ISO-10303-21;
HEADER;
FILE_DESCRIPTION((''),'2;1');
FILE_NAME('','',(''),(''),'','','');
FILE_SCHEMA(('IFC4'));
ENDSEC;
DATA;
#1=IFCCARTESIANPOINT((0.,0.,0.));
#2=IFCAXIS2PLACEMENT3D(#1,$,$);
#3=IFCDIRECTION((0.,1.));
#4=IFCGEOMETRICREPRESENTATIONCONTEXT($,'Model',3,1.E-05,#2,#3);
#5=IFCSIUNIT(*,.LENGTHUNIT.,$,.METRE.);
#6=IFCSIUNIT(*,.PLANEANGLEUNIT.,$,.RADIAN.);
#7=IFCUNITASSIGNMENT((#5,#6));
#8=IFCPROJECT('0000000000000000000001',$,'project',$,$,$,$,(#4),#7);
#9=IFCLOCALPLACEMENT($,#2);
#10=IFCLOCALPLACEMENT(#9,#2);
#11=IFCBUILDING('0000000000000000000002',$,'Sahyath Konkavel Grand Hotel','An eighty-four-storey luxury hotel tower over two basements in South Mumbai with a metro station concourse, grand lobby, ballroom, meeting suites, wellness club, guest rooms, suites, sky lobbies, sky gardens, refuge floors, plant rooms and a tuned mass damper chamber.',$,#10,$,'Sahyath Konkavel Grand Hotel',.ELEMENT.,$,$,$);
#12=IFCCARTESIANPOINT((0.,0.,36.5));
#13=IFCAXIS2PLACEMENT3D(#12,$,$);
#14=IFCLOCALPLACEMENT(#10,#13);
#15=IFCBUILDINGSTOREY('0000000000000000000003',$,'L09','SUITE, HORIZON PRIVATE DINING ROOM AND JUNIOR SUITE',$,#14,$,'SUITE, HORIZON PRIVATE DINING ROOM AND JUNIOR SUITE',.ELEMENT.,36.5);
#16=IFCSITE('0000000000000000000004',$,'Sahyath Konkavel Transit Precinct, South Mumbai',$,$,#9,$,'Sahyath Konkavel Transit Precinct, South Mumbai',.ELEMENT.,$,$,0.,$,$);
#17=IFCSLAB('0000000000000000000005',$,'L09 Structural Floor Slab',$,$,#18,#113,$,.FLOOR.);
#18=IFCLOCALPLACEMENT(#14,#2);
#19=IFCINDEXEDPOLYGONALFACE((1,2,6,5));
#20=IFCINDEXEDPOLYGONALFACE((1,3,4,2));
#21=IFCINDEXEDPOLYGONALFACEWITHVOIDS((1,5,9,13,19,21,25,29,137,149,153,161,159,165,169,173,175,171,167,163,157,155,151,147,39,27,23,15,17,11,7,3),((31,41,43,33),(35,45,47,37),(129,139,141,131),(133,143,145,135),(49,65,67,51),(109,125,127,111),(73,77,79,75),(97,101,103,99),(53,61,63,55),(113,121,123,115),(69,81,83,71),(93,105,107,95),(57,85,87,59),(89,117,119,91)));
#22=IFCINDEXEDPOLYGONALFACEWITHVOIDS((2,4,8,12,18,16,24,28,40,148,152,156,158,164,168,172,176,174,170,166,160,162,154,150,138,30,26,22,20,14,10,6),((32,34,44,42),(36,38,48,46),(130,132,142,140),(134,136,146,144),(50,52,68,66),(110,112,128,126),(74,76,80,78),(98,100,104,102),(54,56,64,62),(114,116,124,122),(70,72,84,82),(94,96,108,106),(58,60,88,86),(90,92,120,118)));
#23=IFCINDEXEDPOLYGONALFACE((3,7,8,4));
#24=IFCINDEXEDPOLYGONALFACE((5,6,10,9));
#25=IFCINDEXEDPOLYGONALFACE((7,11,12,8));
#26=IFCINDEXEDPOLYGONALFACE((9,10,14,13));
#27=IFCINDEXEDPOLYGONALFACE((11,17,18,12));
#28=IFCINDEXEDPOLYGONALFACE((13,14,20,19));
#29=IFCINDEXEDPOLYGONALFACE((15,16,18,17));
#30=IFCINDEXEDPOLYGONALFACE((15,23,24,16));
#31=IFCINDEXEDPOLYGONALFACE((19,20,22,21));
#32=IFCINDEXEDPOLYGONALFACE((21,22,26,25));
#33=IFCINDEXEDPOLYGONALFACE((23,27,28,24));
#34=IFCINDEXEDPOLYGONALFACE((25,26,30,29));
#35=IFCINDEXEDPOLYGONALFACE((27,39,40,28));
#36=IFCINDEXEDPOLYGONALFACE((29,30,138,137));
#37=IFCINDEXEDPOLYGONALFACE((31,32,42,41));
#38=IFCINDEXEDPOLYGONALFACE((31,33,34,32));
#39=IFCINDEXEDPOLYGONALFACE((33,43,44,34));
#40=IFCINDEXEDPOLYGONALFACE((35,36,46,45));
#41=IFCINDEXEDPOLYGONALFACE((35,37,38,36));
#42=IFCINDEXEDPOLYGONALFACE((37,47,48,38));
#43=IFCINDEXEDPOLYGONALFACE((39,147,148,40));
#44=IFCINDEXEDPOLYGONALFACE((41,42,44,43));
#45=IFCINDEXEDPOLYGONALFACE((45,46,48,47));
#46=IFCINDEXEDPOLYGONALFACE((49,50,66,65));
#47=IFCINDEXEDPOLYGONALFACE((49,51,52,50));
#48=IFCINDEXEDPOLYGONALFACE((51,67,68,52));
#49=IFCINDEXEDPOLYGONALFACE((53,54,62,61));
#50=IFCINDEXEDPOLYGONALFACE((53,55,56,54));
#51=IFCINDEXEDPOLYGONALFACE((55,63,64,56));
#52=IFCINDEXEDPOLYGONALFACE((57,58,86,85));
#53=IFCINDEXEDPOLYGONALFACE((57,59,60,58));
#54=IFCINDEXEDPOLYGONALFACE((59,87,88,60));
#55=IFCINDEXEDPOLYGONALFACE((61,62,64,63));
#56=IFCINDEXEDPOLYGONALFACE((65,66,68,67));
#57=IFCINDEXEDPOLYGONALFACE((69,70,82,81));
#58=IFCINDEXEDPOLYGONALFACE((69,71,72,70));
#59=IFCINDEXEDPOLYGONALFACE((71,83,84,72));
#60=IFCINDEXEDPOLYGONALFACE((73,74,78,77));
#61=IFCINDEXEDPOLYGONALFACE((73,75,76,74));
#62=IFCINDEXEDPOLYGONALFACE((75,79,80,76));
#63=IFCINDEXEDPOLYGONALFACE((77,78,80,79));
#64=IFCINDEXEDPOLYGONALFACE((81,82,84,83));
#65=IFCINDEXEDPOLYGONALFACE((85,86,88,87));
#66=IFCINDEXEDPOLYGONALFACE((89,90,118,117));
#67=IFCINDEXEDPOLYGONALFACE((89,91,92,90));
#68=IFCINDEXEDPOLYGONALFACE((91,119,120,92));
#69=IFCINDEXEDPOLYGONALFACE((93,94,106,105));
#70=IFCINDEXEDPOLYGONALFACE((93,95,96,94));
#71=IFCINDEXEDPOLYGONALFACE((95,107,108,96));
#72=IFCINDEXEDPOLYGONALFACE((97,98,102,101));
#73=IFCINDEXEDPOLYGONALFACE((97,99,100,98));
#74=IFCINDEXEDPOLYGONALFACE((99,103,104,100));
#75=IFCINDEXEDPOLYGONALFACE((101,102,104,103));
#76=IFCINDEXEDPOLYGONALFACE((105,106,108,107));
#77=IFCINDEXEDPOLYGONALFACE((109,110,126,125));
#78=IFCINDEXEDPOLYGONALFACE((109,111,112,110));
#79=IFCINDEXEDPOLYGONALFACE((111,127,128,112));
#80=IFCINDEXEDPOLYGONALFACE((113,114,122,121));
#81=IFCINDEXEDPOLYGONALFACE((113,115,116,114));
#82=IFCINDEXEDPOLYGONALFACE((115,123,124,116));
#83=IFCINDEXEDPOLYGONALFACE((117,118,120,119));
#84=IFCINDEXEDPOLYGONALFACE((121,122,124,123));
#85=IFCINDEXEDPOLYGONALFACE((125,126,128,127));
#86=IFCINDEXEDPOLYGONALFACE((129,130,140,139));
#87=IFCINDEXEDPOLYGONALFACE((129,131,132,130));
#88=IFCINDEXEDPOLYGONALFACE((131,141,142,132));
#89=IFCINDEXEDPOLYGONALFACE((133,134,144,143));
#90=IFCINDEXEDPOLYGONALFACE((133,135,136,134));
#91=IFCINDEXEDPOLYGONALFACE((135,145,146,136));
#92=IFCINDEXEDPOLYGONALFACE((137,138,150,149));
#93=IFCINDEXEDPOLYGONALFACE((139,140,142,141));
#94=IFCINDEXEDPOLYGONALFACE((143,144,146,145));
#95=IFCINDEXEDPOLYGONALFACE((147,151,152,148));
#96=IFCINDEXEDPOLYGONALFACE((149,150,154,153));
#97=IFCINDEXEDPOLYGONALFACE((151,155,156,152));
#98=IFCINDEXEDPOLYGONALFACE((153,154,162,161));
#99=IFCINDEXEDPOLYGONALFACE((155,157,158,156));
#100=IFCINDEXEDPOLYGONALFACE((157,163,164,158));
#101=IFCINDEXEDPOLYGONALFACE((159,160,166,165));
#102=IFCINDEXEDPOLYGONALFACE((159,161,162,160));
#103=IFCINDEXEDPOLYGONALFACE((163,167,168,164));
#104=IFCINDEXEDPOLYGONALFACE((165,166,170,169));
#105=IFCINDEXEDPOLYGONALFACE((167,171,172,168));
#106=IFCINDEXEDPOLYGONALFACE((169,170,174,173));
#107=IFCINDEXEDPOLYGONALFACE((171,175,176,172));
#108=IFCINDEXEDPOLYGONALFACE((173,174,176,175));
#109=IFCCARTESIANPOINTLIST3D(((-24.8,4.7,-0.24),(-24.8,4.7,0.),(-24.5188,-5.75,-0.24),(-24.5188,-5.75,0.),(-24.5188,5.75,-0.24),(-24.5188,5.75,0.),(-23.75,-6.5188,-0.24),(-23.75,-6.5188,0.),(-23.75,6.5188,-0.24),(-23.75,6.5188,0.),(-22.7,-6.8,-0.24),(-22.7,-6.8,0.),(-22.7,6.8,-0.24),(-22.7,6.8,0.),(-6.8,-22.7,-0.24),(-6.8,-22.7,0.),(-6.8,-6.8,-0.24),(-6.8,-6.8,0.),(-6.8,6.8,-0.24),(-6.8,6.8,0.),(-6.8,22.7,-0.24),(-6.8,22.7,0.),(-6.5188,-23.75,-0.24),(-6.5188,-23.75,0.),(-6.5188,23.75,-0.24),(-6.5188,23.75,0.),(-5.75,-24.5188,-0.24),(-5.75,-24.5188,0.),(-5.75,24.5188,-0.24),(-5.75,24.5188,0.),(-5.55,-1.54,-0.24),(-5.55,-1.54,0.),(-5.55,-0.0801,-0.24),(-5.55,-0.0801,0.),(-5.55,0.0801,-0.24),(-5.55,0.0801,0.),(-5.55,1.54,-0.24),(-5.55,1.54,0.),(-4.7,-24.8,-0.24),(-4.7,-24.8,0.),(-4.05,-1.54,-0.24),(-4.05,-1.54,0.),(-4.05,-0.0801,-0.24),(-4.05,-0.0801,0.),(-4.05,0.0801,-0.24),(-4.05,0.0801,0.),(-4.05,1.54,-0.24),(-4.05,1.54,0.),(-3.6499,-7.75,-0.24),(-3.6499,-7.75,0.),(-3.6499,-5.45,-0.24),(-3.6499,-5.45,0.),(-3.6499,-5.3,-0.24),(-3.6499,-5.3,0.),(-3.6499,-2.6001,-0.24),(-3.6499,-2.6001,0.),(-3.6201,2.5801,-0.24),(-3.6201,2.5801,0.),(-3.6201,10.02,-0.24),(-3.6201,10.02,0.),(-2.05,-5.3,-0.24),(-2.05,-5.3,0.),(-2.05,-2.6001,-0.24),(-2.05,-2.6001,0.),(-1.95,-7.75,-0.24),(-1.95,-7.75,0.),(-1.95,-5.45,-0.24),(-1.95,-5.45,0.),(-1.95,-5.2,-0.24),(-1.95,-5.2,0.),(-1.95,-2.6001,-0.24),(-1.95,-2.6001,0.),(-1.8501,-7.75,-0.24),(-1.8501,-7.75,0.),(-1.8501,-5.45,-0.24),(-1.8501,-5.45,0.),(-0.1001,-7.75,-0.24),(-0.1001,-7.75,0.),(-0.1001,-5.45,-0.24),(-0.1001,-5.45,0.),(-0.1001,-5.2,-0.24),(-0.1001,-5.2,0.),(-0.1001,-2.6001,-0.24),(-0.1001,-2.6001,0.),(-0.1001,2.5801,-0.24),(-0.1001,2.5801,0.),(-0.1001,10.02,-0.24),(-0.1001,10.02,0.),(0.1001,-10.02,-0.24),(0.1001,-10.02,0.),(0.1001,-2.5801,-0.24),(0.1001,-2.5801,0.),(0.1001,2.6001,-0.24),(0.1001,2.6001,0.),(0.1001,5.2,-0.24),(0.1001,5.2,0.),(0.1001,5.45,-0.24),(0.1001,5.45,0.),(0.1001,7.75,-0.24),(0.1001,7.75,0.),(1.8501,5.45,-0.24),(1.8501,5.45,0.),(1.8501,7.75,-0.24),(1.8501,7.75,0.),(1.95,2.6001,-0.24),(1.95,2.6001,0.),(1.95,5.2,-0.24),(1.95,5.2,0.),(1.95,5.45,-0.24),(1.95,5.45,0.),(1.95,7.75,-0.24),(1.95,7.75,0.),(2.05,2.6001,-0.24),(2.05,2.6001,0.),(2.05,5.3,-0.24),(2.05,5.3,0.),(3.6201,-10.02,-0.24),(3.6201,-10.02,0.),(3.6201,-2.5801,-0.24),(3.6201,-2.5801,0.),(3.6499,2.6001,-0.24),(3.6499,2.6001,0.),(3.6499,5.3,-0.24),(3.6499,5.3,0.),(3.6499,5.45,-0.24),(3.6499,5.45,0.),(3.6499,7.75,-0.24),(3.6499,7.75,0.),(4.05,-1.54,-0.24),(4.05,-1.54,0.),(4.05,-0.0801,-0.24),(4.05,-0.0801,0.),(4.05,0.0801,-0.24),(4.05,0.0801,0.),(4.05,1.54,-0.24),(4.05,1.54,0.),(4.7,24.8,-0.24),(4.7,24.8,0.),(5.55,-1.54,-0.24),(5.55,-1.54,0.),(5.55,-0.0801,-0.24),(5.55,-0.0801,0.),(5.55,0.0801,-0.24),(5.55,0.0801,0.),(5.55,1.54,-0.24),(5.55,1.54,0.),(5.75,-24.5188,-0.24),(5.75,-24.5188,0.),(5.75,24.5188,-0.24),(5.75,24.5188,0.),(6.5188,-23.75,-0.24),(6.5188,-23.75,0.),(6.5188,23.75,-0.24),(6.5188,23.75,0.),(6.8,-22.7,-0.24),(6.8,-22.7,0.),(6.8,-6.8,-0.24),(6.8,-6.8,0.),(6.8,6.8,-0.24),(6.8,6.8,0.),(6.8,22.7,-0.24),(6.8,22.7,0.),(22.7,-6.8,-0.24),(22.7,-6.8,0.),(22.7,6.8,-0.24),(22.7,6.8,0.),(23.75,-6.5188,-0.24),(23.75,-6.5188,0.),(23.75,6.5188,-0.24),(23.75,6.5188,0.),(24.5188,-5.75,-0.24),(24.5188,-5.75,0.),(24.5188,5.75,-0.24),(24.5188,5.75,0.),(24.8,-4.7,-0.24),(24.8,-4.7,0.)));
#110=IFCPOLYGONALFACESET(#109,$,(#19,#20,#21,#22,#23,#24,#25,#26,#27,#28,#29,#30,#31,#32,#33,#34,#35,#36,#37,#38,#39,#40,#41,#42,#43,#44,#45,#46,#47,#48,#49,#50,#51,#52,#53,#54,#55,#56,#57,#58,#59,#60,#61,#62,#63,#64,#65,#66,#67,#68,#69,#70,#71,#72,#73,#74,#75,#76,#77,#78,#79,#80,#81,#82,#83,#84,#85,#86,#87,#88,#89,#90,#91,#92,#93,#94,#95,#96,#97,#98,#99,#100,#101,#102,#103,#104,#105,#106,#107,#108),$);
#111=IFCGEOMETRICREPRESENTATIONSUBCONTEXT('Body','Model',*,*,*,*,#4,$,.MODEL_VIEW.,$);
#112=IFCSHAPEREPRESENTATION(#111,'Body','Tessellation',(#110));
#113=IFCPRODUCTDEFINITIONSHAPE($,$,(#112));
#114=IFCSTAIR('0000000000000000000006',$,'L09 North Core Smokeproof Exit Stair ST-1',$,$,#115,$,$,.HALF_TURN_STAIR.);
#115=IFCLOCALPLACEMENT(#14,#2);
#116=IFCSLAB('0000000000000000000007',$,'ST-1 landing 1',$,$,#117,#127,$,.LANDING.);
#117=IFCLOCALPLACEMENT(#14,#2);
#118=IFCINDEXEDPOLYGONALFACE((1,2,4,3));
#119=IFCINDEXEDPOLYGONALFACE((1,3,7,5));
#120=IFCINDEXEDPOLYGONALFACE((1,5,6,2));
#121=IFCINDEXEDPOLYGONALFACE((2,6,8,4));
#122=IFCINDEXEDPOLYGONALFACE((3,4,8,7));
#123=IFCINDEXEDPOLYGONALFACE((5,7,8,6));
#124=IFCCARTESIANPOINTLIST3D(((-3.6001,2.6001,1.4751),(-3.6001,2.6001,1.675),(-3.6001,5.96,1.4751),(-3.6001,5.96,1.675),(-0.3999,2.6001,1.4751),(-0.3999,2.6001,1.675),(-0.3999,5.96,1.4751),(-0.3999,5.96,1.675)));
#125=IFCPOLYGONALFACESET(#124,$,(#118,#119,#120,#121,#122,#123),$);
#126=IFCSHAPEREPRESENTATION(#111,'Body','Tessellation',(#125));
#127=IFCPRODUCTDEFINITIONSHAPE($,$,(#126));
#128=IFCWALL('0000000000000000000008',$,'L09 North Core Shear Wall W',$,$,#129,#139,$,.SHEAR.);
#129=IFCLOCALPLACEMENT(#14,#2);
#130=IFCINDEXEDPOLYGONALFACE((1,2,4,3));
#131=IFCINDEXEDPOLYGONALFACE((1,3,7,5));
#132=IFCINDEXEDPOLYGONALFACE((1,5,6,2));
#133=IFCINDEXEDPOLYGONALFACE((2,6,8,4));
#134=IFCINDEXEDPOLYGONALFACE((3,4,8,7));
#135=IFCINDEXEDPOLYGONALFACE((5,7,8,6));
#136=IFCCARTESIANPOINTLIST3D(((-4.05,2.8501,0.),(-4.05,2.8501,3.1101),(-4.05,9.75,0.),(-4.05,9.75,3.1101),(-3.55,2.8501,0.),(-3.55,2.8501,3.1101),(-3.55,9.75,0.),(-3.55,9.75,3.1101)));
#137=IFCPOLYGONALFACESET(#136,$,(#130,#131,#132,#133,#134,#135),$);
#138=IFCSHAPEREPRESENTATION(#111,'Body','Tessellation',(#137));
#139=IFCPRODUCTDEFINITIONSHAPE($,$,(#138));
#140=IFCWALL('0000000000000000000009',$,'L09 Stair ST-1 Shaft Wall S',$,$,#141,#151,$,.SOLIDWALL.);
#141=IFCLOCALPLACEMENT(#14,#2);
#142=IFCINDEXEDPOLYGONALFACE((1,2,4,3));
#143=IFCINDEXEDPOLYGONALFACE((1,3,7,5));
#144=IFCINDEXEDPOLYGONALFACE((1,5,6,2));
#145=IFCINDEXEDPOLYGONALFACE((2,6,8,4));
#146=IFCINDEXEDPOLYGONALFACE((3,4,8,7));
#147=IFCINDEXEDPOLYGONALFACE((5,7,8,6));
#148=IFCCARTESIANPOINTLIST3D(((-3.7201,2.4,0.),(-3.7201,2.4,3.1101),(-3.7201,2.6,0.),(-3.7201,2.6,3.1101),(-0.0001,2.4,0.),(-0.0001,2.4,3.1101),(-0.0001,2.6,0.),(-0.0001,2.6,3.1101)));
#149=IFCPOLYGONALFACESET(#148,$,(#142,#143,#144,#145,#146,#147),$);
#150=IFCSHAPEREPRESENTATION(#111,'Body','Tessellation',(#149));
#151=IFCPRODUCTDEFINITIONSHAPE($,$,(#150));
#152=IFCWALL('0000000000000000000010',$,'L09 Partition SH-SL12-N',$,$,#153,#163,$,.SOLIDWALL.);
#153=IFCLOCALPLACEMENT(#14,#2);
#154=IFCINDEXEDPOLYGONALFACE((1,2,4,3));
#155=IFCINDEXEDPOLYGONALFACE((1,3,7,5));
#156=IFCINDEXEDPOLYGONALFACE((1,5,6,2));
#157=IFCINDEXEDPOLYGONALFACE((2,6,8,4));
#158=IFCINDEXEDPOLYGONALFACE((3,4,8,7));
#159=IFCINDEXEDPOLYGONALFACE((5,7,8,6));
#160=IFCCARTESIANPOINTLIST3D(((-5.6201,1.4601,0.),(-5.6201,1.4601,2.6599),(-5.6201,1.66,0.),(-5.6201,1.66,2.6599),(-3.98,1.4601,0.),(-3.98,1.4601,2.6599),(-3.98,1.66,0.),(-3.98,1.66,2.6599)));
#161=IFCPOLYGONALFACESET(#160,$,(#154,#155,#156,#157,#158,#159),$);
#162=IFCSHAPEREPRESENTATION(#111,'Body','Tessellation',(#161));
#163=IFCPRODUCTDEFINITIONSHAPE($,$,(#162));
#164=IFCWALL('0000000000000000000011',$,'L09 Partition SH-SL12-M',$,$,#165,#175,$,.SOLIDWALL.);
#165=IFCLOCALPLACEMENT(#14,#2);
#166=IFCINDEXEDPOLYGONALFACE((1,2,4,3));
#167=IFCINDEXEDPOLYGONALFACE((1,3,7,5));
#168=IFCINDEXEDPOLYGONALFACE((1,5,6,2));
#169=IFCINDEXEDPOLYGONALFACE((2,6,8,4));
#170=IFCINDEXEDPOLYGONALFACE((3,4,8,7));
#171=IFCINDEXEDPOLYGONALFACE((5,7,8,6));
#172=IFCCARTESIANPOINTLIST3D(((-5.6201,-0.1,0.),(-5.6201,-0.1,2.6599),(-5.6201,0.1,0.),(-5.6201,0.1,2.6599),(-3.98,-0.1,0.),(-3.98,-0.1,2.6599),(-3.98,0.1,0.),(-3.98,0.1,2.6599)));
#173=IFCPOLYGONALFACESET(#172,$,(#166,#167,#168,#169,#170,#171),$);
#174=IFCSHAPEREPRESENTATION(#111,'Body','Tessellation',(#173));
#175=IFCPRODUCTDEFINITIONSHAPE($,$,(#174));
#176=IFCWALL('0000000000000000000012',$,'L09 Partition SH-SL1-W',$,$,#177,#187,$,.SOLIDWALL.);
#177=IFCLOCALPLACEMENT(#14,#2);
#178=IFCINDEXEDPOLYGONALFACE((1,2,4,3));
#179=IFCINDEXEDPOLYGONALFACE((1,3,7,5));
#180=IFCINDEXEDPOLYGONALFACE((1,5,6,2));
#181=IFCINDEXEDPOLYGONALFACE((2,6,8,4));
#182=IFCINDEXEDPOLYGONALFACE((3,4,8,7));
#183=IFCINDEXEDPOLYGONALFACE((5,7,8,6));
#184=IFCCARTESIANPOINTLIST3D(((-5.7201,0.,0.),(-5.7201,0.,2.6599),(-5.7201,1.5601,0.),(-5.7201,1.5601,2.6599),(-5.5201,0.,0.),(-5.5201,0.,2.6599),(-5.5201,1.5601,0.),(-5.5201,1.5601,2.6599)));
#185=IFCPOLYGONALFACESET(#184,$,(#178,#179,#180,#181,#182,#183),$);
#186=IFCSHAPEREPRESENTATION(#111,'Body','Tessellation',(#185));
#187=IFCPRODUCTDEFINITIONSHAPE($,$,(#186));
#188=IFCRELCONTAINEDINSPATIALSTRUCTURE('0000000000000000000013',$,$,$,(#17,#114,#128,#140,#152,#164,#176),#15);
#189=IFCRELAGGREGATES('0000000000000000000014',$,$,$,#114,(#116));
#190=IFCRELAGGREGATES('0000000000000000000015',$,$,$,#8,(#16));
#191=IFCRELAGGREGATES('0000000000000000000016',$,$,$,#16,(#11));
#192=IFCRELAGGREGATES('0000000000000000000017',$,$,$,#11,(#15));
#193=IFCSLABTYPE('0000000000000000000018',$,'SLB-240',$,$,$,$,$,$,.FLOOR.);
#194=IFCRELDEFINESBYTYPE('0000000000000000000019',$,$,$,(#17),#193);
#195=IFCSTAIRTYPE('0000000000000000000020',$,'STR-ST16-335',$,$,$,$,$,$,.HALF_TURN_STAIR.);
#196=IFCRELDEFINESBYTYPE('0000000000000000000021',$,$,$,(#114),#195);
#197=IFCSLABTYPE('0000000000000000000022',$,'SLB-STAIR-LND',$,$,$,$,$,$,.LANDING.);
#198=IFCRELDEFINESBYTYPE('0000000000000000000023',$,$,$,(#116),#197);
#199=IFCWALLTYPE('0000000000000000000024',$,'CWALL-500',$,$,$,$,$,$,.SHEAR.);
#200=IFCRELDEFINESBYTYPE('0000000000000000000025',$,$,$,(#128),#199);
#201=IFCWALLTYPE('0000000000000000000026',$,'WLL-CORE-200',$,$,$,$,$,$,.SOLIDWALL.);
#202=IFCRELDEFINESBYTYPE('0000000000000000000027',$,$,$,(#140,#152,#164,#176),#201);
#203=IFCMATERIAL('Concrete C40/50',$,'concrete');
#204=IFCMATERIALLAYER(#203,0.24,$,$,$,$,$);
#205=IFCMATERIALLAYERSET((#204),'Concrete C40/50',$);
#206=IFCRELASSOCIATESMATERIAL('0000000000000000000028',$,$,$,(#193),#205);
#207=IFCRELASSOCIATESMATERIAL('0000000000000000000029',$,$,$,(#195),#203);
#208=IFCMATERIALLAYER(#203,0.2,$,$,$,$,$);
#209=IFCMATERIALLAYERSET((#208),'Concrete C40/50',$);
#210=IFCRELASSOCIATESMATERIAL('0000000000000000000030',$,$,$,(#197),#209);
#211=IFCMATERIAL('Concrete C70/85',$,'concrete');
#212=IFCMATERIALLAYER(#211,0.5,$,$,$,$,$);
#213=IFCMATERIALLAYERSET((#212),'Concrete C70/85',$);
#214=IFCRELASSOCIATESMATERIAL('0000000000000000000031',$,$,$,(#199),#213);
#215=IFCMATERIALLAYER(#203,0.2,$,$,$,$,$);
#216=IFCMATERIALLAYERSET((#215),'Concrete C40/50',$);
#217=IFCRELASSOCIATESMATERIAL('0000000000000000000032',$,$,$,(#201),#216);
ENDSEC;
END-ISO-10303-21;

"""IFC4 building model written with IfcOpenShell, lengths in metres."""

from ifc_helpers import new_model, si_unit, direction, frame, frame_2d, origin, place, context, subcontext, project, spatial, polyline, rectangle, outline, extrude, material, layer, layer_set, type_object, element, aggregate, save


model = new_model("IFC4")

# Units and contexts
model_context = context("Model", 3, precision=1e-05, world=origin(), true_north=direction((0.0, 1.0)))
body_context = subcontext(model_context, "Body", "Model", "MODEL_VIEW")
ifc_project = project(units=[si_unit("LENGTHUNIT", "METRE"), si_unit("PLANEANGLEUNIT", "RADIAN")], contexts=[model_context])

# Site, building, storey
site_placement = place(None, origin())
site = spatial("IfcSite", under=ifc_project, at=site_placement, Name="Sahyath Konkavel Transit Precinct, South Mumbai", LongName="Sahyath Konkavel Transit Precinct, South Mumbai", CompositionType="ELEMENT", RefElevation=0.0)
building_placement = place(site_placement, origin())
building = spatial("IfcBuilding", under=site, at=building_placement, Name="Sahyath Konkavel Grand Hotel", Description="An eighty-four-storey luxury hotel tower over two basements in South Mumbai with a metro station concourse, grand lobby, ballroom, meeting suites, wellness club, guest rooms, suites, sky lobbies, sky gardens, refuge floors, plant rooms and a tuned mass damper chamber.", LongName="Sahyath Konkavel Grand Hotel", CompositionType="ELEMENT")
storey_placement = place(building_placement, frame((0.0, 0.0, 36.5)))
storey = spatial("IfcBuildingStorey", under=building, at=storey_placement, Name="L09", Description="SUITE, HORIZON PRIVATE DINING ROOM AND JUNIOR SUITE", LongName="SUITE, HORIZON PRIVATE DINING ROOM AND JUNIOR SUITE", CompositionType="ELEMENT", Elevation=36.5)

# Shared definitions
ifc_material_1 = material(Name="Concrete C70/85", Category="concrete")

# Slab
ifc_material_2 = material(Name="Concrete C40/50", Category="concrete")
ifc_layer_1 = layer(ifc_material_2, 0.24)
ifc_layer_set_1 = layer_set([ifc_layer_1], Name="Concrete C40/50")
slab_type_1 = type_object("IfcSlabType", Name="SLB-240", PredefinedType="FLOOR", material=ifc_layer_set_1)
slab_1_placement = place(storey_placement, frame((0.0, 0.0, -0.24)))
element("IfcSlab", 1, at=slab_1_placement, inside=storey, type_object=slab_type_1, Name="L09 Structural Floor Slab", PredefinedType="FLOOR", context=body_context, shape_type="SweptSolid", body=[
    extrude(outline(polyline([(6.8, -6.8), (22.7, -6.8), (23.75, -6.5188), (24.5188, -5.75), (24.8, -4.7), (24.5188, 5.75), (23.75, 6.5188), (22.7, 6.8), (6.8, 6.8), (6.8, 22.7), (6.5188, 23.75), (5.75, 24.5188), (4.7, 24.8), (-5.75, 24.5188), (-6.5188, 23.75), (-6.8, 22.7), (-6.8, 6.8), (-22.7, 6.8), (-23.75, 6.5188), (-24.5188, 5.75), (-24.8, 4.7), (-24.5188, -5.75), (-23.75, -6.5188), (-22.7, -6.8), (-6.8, -6.8), (-6.8, -22.7), (-6.5188, -23.75), (-5.75, -24.5188), (-4.7, -24.8), (5.75, -24.5188), (6.5188, -23.75), (6.8, -22.7), (6.8, -6.8)]), holes=[polyline([(-3.6201, 2.5801), (-0.1001, 2.5801), (-0.1001, 10.02), (-3.6201, 10.02), (-3.6201, 2.5801)]), polyline([(0.1001, -10.02), (3.6201, -10.02), (3.6201, -2.5801), (0.1001, -2.5801), (0.1001, -10.02)]), polyline([(0.1001, 2.6001), (1.95, 2.6001), (1.95, 5.2), (0.1001, 5.2), (0.1001, 2.6001)]), polyline([(-1.95, -5.2), (-0.1001, -5.2), (-0.1001, -2.6001), (-1.95, -2.6001), (-1.95, -5.2)]), polyline([(2.05, 2.6001), (3.6499, 2.6001), (3.6499, 5.3), (2.05, 5.3), (2.05, 2.6001)]), polyline([(-3.6499, -5.3), (-2.05, -5.3), (-2.05, -2.6001), (-3.6499, -2.6001), (-3.6499, -5.3)]), polyline([(0.1001, 5.45), (1.8501, 5.45), (1.8501, 7.75), (0.1001, 7.75), (0.1001, 5.45)]), polyline([(1.95, 5.45), (3.6499, 5.45), (3.6499, 7.75), (1.95, 7.75), (1.95, 5.45)]), polyline([(-3.6499, -7.75), (-1.95, -7.75), (-1.95, -5.45), (-3.6499, -5.45), (-3.6499, -7.75)]), polyline([(-1.8501, -7.75), (-0.1001, -7.75), (-0.1001, -5.45), (-1.8501, -5.45), (-1.8501, -7.75)]), polyline([(4.05, 0.0801), (5.55, 0.0801), (5.55, 1.54), (4.05, 1.54), (4.05, 0.0801)]), polyline([(4.05, -1.54), (5.55, -1.54), (5.55, -0.0801), (4.05, -0.0801), (4.05, -1.54)]), polyline([(-5.55, 0.0801), (-4.05, 0.0801), (-4.05, 1.54), (-5.55, 1.54), (-5.55, 0.0801)]), polyline([(-5.55, -1.54), (-4.05, -1.54), (-4.05, -0.0801), (-5.55, -0.0801), (-5.55, -1.54)])]), origin(), (0.0, 0.0, 1.0), 0.24),
])

# Stair, slab
stair_type = type_object("IfcStairType", Name="STR-ST16-335", PredefinedType="HALF_TURN_STAIR", material=ifc_material_2)
stair_placement = place(storey_placement, origin())
stair = element("IfcStair", 2, at=stair_placement, inside=storey, type_object=stair_type, Name="L09 North Core Smokeproof Exit Stair ST-1", PredefinedType="HALF_TURN_STAIR")
ifc_layer_2 = layer(ifc_material_2, 0.2)
ifc_layer_set_2 = layer_set([ifc_layer_2], Name="Concrete C40/50")
slab_type_2 = type_object("IfcSlabType", Name="SLB-STAIR-LND", PredefinedType="LANDING", material=ifc_layer_set_2)
slab_2_placement = place(storey_placement, frame((0.0, 0.0, 1.4751)))
slab_2 = element("IfcSlab", 3, at=slab_2_placement, type_object=slab_type_2, Name="ST-1 landing 1", PredefinedType="LANDING", context=body_context, shape_type="SweptSolid", body=[
    extrude(outline(polyline([(-3.6001, 5.96), (-3.6001, 2.6001), (-0.3999, 2.6001), (-0.3999, 5.96), (-3.6001, 5.96)])), origin(), (0.0, 0.0, 1.0), 0.2),
])

# Walls
ifc_layer_3 = layer(ifc_material_1, 0.5)
ifc_layer_set_3 = layer_set([ifc_layer_3], Name="Concrete C70/85")
wall_type_1 = type_object("IfcWallType", Name="CWALL-500", PredefinedType="SHEAR", material=ifc_layer_set_3)
wall_1_placement = place(storey_placement, frame((-3.8, 2.8501, 0.0), z_axis=(0.0, 0.0, 1.0), x_axis=(0.0, 1.0, 0.0)))
element("IfcWall", 4, at=wall_1_placement, inside=storey, type_object=wall_type_1, Name="L09 North Core Shear Wall W", PredefinedType="SHEAR", context=body_context, shape_type="SweptSolid", body=[
    extrude(rectangle(XDim=6.8999, YDim=0.5, at=frame_2d((3.45, 0.0))), origin(), (0.0, 0.0, 1.0), 3.1101),
])
ifc_layer_4 = layer(ifc_material_2, 0.2)
ifc_layer_set_4 = layer_set([ifc_layer_4], Name="Concrete C40/50")
wall_type_2 = type_object("IfcWallType", Name="WLL-CORE-200", PredefinedType="SOLIDWALL", material=ifc_layer_set_4)
wall_2_placement = place(storey_placement, frame((-3.72, 2.5, 0.0), z_axis=(0.0, 0.0, 1.0), x_axis=(1.0, 0.0, 0.0)))
element("IfcWall", 5, at=wall_2_placement, inside=storey, type_object=wall_type_2, Name="L09 Stair ST-1 Shaft Wall S", PredefinedType="SOLIDWALL", context=body_context, shape_type="SweptSolid", body=[
    extrude(rectangle(XDim=3.72, YDim=0.2, at=frame_2d((1.8599, 0.0))), origin(), (0.0, 0.0, 1.0), 3.1101),
])
for number, where, z_axis, x_axis, name in (
    (6, (-5.6201, 1.5601, 0.0), (0.0, 0.0, 1.0), (1.0, 0.0, 0.0), "L09 Partition SH-SL12-N"),
    (7, (-5.6201, 0.0, 0.0), (0.0, 0.0, 1.0), (1.0, 0.0, 0.0), "L09 Partition SH-SL12-M"),
):
    element("IfcWall", number, at=place(storey_placement, frame(where, z_axis=z_axis, x_axis=x_axis)), inside=storey, type_object=wall_type_2, Name=name, PredefinedType="SOLIDWALL", context=body_context, shape_type="SweptSolid", body=[
        extrude(rectangle(XDim=1.6401, YDim=0.2, at=frame_2d((0.8201, 0.0))), origin(), (0.0, 0.0, 1.0), 2.6599),
    ])
wall_3_placement = place(storey_placement, frame((-5.6201, 0.0, 0.0), z_axis=(0.0, 0.0, 1.0), x_axis=(0.0, 1.0, 0.0)))
element("IfcWall", 8, at=wall_3_placement, inside=storey, type_object=wall_type_2, Name="L09 Partition SH-SL1-W", PredefinedType="SOLIDWALL", context=body_context, shape_type="SweptSolid", body=[
    extrude(rectangle(XDim=1.5601, YDim=0.2, at=frame_2d((0.78, 0.0))), origin(), (0.0, 0.0, 1.0), 2.6599),
])

aggregate(stair, [slab_2])

save(model, "model.ifc")
